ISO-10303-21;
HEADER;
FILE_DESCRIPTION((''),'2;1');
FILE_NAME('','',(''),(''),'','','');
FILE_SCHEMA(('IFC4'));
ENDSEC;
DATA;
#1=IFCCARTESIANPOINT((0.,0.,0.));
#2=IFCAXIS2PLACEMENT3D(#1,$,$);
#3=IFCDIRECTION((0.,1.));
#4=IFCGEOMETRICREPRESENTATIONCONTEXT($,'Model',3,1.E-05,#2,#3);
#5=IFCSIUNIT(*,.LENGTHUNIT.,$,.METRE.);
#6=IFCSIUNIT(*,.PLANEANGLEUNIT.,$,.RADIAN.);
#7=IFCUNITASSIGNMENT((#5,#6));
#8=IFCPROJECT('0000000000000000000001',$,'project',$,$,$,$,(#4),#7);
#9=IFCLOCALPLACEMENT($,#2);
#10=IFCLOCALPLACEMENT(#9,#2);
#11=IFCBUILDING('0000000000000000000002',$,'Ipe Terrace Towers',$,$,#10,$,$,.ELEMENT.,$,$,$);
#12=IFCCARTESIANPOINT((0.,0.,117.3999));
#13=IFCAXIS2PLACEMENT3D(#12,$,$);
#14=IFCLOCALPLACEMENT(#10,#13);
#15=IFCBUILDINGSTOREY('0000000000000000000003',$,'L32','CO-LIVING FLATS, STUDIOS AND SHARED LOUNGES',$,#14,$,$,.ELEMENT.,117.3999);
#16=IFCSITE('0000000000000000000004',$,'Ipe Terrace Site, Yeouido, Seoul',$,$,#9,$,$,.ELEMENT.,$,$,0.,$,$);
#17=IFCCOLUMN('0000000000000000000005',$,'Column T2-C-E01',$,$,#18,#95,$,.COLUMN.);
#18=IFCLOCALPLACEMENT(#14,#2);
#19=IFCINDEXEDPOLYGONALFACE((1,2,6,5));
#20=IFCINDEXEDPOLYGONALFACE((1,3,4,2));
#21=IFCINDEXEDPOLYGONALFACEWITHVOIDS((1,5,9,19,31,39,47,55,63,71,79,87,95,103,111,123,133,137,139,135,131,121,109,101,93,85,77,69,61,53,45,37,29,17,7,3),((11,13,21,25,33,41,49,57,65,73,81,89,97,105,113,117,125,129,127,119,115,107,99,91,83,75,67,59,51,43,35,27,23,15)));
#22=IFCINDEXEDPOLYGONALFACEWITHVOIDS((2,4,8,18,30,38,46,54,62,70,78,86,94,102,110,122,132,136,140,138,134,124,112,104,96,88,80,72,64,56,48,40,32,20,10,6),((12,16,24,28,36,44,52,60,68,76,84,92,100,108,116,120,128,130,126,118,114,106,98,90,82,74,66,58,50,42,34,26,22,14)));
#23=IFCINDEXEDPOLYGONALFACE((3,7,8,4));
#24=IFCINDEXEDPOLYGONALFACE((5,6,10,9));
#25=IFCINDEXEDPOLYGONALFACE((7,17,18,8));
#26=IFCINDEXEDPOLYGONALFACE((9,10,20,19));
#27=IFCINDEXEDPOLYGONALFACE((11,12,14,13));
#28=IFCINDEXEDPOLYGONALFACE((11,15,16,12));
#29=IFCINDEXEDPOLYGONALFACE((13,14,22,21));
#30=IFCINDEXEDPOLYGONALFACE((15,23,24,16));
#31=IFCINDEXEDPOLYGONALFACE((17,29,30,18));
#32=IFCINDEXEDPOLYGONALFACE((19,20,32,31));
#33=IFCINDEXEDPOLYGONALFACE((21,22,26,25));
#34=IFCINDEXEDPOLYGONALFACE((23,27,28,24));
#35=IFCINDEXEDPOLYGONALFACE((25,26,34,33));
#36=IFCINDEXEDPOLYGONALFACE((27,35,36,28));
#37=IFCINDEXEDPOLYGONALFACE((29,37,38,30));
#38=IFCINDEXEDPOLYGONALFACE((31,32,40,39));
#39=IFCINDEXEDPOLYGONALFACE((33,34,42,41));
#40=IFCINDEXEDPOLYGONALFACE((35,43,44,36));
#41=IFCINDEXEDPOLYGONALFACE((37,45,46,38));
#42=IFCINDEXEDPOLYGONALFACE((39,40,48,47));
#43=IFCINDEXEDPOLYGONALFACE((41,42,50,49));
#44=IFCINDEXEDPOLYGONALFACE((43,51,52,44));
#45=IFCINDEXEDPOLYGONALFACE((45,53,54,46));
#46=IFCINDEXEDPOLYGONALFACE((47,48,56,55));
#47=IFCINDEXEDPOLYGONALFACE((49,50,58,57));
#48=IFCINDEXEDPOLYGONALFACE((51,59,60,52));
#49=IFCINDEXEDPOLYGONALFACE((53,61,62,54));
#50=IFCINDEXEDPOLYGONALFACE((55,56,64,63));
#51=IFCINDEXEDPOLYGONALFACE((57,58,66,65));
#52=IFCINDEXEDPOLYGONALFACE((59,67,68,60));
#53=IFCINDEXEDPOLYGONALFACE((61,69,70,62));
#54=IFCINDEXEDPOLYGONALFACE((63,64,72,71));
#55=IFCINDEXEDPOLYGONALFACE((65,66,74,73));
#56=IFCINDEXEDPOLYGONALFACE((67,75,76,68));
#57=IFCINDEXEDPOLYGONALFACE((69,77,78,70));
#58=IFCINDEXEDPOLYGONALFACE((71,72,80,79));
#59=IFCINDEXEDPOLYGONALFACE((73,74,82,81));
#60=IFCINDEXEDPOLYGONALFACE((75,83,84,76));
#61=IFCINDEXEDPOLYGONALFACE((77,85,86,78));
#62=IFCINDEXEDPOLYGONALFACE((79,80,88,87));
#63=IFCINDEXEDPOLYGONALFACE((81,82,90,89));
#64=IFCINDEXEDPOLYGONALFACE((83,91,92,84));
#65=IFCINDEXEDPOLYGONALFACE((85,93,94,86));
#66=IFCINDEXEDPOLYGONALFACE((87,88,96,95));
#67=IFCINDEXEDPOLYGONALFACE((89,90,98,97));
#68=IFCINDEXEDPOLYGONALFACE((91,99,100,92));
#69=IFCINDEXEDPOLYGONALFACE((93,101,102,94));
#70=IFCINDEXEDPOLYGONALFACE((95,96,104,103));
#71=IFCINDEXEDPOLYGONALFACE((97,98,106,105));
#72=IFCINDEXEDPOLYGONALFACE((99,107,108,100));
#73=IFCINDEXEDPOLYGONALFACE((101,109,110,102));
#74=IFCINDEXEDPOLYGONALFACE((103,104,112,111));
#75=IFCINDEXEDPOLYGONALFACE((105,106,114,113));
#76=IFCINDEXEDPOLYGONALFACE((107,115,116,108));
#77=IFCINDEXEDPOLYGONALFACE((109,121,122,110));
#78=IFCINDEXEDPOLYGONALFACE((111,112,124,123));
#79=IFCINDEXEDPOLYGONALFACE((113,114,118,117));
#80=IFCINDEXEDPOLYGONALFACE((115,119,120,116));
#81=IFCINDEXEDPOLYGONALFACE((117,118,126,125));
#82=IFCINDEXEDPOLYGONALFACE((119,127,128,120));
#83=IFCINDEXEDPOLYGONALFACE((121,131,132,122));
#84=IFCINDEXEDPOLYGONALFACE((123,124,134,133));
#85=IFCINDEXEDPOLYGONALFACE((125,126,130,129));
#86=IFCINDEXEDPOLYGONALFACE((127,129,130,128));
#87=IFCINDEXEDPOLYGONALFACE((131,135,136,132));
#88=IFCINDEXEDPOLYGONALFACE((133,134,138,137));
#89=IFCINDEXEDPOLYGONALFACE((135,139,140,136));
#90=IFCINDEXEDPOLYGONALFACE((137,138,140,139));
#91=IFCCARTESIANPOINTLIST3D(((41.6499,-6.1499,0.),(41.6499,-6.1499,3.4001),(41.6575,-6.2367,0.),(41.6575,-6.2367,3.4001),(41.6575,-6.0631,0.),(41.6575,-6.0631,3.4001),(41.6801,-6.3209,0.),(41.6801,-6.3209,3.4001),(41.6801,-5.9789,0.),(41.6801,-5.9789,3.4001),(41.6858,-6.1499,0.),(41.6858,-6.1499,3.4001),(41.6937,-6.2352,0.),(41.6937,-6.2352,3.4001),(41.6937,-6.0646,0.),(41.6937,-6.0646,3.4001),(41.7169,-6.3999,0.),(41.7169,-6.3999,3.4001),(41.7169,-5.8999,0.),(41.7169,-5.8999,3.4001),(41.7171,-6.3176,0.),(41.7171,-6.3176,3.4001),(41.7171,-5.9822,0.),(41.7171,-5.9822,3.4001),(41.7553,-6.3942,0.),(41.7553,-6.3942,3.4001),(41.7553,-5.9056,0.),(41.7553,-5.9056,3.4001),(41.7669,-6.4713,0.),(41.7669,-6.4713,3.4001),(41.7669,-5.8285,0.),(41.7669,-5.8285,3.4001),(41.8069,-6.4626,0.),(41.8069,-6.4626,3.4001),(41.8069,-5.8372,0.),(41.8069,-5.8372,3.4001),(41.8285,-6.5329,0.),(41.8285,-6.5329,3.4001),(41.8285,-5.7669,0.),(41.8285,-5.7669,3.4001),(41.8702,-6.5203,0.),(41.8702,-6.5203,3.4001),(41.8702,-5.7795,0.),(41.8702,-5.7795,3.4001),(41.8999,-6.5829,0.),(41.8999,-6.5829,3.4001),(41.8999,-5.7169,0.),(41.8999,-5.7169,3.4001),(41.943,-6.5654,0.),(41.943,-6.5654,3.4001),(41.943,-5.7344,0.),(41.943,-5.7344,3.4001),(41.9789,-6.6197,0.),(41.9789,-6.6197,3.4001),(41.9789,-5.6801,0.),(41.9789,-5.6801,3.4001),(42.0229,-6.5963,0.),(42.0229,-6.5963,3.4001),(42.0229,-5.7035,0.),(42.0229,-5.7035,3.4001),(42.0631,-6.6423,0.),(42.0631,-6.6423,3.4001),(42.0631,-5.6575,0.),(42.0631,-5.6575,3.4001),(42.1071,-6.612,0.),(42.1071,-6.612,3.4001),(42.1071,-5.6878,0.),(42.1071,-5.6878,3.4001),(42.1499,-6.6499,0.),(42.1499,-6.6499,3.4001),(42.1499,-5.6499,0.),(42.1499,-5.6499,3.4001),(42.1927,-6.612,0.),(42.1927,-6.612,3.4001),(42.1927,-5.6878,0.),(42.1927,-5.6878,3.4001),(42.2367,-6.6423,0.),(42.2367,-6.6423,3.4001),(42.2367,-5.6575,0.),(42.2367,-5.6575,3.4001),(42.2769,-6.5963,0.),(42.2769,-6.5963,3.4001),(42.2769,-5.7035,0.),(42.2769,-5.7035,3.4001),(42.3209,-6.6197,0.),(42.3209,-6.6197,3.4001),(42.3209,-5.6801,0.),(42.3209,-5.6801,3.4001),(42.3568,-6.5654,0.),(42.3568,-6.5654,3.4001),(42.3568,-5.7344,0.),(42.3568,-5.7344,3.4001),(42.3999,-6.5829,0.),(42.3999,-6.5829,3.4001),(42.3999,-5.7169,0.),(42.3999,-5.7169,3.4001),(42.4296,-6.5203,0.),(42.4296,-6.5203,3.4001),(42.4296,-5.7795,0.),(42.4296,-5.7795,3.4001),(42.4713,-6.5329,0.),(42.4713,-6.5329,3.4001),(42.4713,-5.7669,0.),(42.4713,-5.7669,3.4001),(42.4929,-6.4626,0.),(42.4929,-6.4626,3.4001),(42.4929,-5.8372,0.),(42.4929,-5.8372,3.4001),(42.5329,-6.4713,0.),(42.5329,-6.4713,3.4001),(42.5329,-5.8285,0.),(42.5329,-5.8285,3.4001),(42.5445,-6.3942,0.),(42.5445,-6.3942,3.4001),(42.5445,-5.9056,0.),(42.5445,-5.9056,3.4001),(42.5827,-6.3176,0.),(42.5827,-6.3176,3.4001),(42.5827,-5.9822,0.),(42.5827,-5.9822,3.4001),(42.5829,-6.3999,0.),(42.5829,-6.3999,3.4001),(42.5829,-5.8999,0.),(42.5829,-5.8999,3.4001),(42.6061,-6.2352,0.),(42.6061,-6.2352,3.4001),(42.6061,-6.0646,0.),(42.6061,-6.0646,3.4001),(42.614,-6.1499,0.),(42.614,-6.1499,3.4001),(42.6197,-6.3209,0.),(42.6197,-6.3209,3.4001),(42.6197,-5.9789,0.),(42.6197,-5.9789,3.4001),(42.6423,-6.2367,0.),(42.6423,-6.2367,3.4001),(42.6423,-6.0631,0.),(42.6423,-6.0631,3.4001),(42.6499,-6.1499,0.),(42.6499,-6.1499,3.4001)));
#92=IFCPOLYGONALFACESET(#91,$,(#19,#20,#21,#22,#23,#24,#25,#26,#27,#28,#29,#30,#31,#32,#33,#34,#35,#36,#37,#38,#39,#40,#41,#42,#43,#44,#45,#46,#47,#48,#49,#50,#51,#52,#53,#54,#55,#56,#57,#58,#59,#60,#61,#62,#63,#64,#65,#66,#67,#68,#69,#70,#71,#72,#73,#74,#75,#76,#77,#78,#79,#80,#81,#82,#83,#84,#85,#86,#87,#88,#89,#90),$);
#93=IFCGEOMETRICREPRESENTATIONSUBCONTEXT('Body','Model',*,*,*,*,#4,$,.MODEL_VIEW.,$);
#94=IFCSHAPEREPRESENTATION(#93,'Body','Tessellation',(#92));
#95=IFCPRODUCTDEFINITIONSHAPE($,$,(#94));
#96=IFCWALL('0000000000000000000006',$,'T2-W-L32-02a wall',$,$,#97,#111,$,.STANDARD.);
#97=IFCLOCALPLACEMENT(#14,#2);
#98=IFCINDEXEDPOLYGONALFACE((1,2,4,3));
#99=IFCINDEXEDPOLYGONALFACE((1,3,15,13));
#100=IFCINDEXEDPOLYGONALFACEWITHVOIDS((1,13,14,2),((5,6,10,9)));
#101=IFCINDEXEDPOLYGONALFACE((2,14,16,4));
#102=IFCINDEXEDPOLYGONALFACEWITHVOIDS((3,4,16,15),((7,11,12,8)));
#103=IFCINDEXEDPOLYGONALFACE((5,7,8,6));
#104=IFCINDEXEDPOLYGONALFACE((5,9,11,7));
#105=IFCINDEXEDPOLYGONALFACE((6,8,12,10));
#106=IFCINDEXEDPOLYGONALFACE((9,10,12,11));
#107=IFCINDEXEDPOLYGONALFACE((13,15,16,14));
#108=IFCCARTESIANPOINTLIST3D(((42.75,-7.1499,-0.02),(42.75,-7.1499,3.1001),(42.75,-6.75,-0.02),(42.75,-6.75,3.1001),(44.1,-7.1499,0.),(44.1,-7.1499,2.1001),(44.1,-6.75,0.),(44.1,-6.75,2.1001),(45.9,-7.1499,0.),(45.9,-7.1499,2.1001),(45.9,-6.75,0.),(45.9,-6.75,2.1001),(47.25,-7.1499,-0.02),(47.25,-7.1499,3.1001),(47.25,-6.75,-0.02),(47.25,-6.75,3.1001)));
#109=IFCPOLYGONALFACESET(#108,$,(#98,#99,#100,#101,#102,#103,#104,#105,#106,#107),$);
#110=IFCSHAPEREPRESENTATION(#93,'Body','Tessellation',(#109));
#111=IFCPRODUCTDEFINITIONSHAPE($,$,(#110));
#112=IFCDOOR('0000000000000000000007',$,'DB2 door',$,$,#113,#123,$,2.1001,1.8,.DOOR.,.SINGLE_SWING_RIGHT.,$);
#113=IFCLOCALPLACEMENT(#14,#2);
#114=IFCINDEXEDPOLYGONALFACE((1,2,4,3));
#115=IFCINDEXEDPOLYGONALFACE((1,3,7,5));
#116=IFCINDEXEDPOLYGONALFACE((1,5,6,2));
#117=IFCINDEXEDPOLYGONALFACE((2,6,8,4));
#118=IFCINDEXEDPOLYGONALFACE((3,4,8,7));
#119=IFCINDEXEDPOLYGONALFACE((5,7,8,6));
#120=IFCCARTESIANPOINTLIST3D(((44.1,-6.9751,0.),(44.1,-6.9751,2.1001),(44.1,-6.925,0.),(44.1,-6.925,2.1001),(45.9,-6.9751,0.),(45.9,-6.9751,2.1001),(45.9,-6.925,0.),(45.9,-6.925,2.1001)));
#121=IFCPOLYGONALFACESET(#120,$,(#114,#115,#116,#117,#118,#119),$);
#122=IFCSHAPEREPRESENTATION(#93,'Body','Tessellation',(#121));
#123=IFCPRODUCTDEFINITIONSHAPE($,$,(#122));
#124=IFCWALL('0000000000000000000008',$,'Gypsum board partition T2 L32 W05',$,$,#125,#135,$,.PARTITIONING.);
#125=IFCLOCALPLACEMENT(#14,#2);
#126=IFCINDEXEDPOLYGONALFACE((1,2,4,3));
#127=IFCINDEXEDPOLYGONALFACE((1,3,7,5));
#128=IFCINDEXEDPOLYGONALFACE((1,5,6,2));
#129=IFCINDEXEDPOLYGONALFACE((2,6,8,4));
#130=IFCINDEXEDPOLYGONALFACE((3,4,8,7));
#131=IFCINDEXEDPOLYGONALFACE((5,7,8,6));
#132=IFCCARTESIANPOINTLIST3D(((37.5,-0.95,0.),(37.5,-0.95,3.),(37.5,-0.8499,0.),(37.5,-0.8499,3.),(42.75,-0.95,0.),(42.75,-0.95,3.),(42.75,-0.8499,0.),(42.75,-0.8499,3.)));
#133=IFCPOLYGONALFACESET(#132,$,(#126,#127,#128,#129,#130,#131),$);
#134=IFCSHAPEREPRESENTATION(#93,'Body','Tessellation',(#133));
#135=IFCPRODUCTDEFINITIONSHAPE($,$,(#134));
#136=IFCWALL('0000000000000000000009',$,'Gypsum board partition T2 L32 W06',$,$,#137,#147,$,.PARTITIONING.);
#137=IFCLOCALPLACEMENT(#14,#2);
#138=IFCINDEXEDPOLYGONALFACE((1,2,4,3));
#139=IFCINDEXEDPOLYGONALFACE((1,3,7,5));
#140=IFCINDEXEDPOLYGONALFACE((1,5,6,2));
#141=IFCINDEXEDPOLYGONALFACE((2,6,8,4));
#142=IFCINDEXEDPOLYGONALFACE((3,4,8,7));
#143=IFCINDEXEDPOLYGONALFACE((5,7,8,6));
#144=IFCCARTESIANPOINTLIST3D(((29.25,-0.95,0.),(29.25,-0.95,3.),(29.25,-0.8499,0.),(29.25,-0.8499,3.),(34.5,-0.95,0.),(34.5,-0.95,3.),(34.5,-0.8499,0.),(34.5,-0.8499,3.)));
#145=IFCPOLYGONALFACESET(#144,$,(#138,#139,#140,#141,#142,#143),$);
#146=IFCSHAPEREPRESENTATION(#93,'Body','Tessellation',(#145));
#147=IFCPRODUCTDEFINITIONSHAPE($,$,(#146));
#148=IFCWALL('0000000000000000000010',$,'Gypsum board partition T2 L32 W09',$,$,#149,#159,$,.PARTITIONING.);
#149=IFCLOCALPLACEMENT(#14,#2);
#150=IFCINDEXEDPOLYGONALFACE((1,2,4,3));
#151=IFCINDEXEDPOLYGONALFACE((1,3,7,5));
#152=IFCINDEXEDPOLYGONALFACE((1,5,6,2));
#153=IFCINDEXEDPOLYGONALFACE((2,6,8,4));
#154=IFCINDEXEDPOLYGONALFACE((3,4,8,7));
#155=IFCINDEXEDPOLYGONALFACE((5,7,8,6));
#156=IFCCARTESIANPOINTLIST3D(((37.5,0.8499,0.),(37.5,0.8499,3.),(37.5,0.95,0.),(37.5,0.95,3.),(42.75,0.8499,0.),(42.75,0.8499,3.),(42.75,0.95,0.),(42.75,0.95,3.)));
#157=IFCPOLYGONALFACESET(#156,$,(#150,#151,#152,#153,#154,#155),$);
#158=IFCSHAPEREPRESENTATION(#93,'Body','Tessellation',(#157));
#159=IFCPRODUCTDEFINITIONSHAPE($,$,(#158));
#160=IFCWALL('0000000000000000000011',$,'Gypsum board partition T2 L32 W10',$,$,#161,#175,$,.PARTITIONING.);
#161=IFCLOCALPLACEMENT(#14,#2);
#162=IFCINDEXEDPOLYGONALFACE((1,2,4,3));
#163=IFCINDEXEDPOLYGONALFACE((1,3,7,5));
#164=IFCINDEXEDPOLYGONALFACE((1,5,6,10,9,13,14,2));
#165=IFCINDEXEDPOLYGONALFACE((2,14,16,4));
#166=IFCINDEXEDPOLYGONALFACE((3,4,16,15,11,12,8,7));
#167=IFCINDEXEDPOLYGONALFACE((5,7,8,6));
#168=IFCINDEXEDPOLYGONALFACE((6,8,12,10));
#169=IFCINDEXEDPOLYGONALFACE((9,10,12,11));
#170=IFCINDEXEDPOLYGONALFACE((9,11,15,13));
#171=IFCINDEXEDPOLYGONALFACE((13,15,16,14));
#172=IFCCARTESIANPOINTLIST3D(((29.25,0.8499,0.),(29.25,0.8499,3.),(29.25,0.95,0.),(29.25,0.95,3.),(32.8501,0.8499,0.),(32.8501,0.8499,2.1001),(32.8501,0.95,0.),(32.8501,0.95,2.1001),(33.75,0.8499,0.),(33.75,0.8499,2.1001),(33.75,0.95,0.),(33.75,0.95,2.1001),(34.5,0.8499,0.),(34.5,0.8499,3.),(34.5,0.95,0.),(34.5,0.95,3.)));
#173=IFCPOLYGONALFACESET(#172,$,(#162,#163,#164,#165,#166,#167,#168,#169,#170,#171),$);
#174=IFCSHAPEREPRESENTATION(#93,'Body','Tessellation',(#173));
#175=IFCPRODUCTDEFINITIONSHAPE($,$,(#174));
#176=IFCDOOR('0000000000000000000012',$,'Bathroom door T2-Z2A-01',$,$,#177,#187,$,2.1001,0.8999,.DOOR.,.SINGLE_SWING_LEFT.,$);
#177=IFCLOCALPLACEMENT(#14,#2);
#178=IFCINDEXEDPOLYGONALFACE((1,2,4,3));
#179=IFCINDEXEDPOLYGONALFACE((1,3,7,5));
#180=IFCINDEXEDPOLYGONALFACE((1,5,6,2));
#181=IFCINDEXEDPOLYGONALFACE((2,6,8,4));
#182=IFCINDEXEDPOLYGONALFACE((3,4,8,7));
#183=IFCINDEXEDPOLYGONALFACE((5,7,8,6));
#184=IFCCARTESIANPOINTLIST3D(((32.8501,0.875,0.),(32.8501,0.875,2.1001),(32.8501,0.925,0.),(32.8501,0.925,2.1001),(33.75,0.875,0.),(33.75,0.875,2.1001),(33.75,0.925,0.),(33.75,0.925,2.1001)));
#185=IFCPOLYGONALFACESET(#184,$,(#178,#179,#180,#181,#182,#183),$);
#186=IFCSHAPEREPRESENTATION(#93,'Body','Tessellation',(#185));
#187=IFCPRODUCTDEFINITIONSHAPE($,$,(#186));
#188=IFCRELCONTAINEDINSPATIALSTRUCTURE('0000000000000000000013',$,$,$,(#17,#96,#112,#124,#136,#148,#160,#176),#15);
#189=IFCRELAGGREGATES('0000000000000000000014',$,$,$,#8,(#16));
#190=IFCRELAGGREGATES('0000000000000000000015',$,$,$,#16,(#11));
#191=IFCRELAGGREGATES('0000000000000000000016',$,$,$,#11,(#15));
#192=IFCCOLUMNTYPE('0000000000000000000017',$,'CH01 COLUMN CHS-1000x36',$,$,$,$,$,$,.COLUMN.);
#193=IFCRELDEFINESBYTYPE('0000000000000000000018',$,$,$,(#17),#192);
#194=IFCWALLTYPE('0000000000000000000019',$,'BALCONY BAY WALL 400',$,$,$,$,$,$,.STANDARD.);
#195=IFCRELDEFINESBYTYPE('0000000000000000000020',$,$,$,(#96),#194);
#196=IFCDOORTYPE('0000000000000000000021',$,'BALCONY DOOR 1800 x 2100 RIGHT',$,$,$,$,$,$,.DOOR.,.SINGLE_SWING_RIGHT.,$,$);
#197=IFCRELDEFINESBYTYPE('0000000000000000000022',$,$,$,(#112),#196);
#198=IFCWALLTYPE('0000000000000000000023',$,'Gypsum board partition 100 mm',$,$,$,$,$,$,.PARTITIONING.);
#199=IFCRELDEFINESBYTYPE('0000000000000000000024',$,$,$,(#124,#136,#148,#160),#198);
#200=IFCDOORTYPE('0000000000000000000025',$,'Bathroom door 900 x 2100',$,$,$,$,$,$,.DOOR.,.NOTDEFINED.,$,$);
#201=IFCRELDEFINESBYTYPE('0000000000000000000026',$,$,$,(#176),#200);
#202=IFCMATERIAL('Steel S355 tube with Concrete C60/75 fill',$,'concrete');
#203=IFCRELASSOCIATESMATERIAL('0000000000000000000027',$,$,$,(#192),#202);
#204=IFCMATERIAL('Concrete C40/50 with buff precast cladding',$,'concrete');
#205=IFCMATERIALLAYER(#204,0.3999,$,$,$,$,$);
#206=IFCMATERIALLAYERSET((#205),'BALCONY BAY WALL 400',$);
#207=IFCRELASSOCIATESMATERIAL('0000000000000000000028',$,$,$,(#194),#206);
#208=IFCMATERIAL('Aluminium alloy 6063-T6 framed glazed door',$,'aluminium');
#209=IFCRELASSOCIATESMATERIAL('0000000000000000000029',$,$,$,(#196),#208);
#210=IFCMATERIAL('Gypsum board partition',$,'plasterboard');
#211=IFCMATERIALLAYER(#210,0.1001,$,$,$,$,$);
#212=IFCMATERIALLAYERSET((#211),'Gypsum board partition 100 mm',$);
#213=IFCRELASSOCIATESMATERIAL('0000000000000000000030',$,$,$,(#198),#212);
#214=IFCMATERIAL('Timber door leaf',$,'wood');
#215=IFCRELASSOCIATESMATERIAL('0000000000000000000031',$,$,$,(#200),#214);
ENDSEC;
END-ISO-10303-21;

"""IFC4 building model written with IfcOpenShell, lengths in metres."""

from ifc_helpers import new_model, si_unit, direction, frame, frame_2d, origin, origin_2d, place, context, subcontext, project, spatial, rectangle, hollow_circle, extrude, material, layer, layer_set, material_profile, profile_set, type_object, element, fill, save


model = new_model("IFC4")

# Units and contexts
model_context = context("Model", 3, precision=1e-05, world=origin(), true_north=direction((0.0, 1.0)))
body_context = subcontext(model_context, "Body", "Model", "MODEL_VIEW")
ifc_project = project(units=[si_unit("LENGTHUNIT", "METRE"), si_unit("PLANEANGLEUNIT", "RADIAN")], contexts=[model_context])

# Site, building, storey
site_placement = place(None, origin())
site = spatial("IfcSite", under=ifc_project, at=site_placement, Name="Ipe Terrace Site, Yeouido, Seoul", CompositionType="ELEMENT", RefElevation=0.0)
building_placement = place(site_placement, origin())
building = spatial("IfcBuilding", under=site, at=building_placement, Name="Ipe Terrace Towers", CompositionType="ELEMENT")
storey_placement = place(building_placement, frame((0.0, 0.0, 117.3999)))
storey = spatial("IfcBuildingStorey", under=building, at=storey_placement, Name="L32", Description="CO-LIVING FLATS, STUDIOS AND SHARED LOUNGES", CompositionType="ELEMENT", Elevation=117.3999)

# Column
ifc_material_1 = material(Name="Steel S355 tube with Concrete C60/75 fill", Category="concrete")
ifc_material_profile = material_profile(ifc_material_1, hollow_circle(Radius=0.5, WallThickness=0.0359, at=origin_2d()), Name="CHS-1000x36")
ifc_profile_set = profile_set([ifc_material_profile], Name="Steel S355 tube with Concrete C60/75 fill")
column_type = type_object("IfcColumnType", Name="CH01 COLUMN CHS-1000x36", PredefinedType="COLUMN", material=ifc_profile_set)
column_placement = place(storey_placement, frame((42.1499, -6.1499, 0.0), z_axis=(0.0, 0.0, 1.0), x_axis=(1.0, 0.0, 0.0)))
element("IfcColumn", 1, at=column_placement, inside=storey, type_object=column_type, Name="Column T2-C-E01", PredefinedType="COLUMN", context=body_context, shape_type="SweptSolid", body=[
    extrude(hollow_circle(Radius=0.5, WallThickness=0.0359, at=origin_2d()), origin(), (0.0, 0.0, 1.0), 3.4001),
])

# Wall, opening, door
ifc_material_2 = material(Name="Concrete C40/50 with buff precast cladding", Category="concrete")
ifc_layer_1 = layer(ifc_material_2, 0.3999)
ifc_layer_set_1 = layer_set([ifc_layer_1], Name="BALCONY BAY WALL 400")
wall_type_1 = type_object("IfcWallType", Name="BALCONY BAY WALL 400", PredefinedType="STANDARD", material=ifc_layer_set_1)
wall_1_placement = place(storey_placement, frame((42.75, -6.95, -0.02), z_axis=(0.0, 0.0, 1.0), x_axis=(1.0, 0.0, 0.0)))
wall_1 = element("IfcWall", 2, at=wall_1_placement, inside=storey, type_object=wall_type_1, Name="T2-W-L32-02a wall", PredefinedType="STANDARD", context=body_context, shape_type="SweptSolid", body=[
    extrude(rectangle(XDim=4.5, YDim=0.3999, at=frame_2d((2.25, 0.0))), origin(), (0.0, 0.0, 1.0), 3.1201),
])
opening_1_placement = place(wall_1_placement, frame((1.3501, 0.0, 0.02)))
opening_1 = element("IfcOpeningElement", 3, at=opening_1_placement, cuts=wall_1, PredefinedType="OPENING", context=body_context, shape_type="SweptSolid", body=[
    extrude(rectangle(XDim=1.8, YDim=2.1001, at=frame_2d((0.8999, 1.05))), frame((0.0, 0.21, 0.0), z_axis=(0.0, -1.0, 0.0), x_axis=(1.0, 0.0, 0.0)), (0.0, 0.0, 1.0), 0.4199),
])
ifc_material_3 = material(Name="Aluminium alloy 6063-T6 framed glazed door", Category="aluminium")
door_type_1 = type_object("IfcDoorType", Name="BALCONY DOOR 1800 x 2100 RIGHT", OperationType="SINGLE_SWING_RIGHT", PredefinedType="DOOR", material=ifc_material_3)
door_1_placement = place(opening_1_placement, origin())
door_1 = element("IfcDoor", 4, at=door_1_placement, inside=storey, type_object=door_type_1, Name="DB2 door", OperationType="SINGLE_SWING_RIGHT", OverallHeight=2.1001, OverallWidth=1.8, PredefinedType="DOOR", context=body_context, shape_type="SweptSolid", body=[
    extrude(rectangle(XDim=1.8, YDim=2.1001, at=frame_2d((0.8999, 1.05))), frame((0.0, 0.0249, 0.0), z_axis=(0.0, -1.0, 0.0), x_axis=(1.0, 0.0, 0.0)), (0.0, 0.0, 1.0), 0.05),
])
fill(opening_1, door_1)

# Walls
ifc_material_4 = material(Name="Gypsum board partition", Category="plasterboard")
ifc_layer_2 = layer(ifc_material_4, 0.1001)
ifc_layer_set_2 = layer_set([ifc_layer_2], Name="Gypsum board partition 100 mm")
wall_type_2 = type_object("IfcWallType", Name="Gypsum board partition 100 mm", PredefinedType="PARTITIONING", material=ifc_layer_set_2)
for number, where, z_axis, x_axis, name in (
    (5, (42.75, -0.8999, 0.0), (0.0, 0.0, 1.0), (-1.0, 0.0, 0.0), "Gypsum board partition T2 L32 W05"),
    (6, (34.5, -0.8999, 0.0), (0.0, 0.0, 1.0), (-1.0, 0.0, 0.0), "Gypsum board partition T2 L32 W06"),
    (7, (42.75, 0.8999, 0.0), (0.0, 0.0, 1.0), (-1.0, 0.0, 0.0), "Gypsum board partition T2 L32 W09"),
):
    element("IfcWall", number, at=place(storey_placement, frame(where, z_axis=z_axis, x_axis=x_axis)), inside=storey, type_object=wall_type_2, Name=name, PredefinedType="PARTITIONING", context=body_context, shape_type="SweptSolid", body=[
        extrude(rectangle(XDim=5.25, YDim=0.1001, at=frame_2d((2.625, 0.0))), origin(), (0.0, 0.0, 1.0), 3.0),
    ])

# Wall, opening, door
wall_2_placement = place(storey_placement, frame((34.5, 0.8999, 0.0), z_axis=(0.0, 0.0, 1.0), x_axis=(-1.0, 0.0, 0.0)))
wall_2 = element("IfcWall", 8, at=wall_2_placement, inside=storey, type_object=wall_type_2, Name="Gypsum board partition T2 L32 W10", PredefinedType="PARTITIONING", context=body_context, shape_type="SweptSolid", body=[
    extrude(rectangle(XDim=5.25, YDim=0.1001, at=frame_2d((2.625, 0.0))), origin(), (0.0, 0.0, 1.0), 3.0),
])
opening_2_placement = place(wall_2_placement, frame((0.75, 0.0, 0.0)))
opening_2 = element("IfcOpeningElement", 9, at=opening_2_placement, cuts=wall_2, PredefinedType="OPENING", context=body_context, shape_type="SweptSolid", body=[
    extrude(rectangle(XDim=0.8999, YDim=2.1001, at=frame_2d((0.45, 1.05))), frame((0.0, 0.0601, 0.0), z_axis=(0.0, -1.0, 0.0), x_axis=(1.0, 0.0, 0.0)), (0.0, 0.0, 1.0), 0.1201),
])
ifc_material_5 = material(Name="Timber door leaf", Category="wood")
door_type_2 = type_object("IfcDoorType", Name="Bathroom door 900 x 2100", OperationType="NOTDEFINED", PredefinedType="DOOR", material=ifc_material_5)
door_2_placement = place(opening_2_placement, origin())
door_2 = element("IfcDoor", 10, at=door_2_placement, inside=storey, type_object=door_type_2, Name="Bathroom door T2-Z2A-01", OperationType="SINGLE_SWING_LEFT", OverallHeight=2.1001, OverallWidth=0.8999, PredefinedType="DOOR", context=body_context, shape_type="SweptSolid", body=[
    extrude(rectangle(XDim=0.8999, YDim=2.1001, at=frame_2d((0.45, 1.05))), frame((0.0, 0.0249, 0.0), z_axis=(0.0, -1.0, 0.0), x_axis=(1.0, 0.0, 0.0)), (0.0, 0.0, 1.0), 0.05),
])
fill(opening_2, door_2)

save(model, "model.ifc")
